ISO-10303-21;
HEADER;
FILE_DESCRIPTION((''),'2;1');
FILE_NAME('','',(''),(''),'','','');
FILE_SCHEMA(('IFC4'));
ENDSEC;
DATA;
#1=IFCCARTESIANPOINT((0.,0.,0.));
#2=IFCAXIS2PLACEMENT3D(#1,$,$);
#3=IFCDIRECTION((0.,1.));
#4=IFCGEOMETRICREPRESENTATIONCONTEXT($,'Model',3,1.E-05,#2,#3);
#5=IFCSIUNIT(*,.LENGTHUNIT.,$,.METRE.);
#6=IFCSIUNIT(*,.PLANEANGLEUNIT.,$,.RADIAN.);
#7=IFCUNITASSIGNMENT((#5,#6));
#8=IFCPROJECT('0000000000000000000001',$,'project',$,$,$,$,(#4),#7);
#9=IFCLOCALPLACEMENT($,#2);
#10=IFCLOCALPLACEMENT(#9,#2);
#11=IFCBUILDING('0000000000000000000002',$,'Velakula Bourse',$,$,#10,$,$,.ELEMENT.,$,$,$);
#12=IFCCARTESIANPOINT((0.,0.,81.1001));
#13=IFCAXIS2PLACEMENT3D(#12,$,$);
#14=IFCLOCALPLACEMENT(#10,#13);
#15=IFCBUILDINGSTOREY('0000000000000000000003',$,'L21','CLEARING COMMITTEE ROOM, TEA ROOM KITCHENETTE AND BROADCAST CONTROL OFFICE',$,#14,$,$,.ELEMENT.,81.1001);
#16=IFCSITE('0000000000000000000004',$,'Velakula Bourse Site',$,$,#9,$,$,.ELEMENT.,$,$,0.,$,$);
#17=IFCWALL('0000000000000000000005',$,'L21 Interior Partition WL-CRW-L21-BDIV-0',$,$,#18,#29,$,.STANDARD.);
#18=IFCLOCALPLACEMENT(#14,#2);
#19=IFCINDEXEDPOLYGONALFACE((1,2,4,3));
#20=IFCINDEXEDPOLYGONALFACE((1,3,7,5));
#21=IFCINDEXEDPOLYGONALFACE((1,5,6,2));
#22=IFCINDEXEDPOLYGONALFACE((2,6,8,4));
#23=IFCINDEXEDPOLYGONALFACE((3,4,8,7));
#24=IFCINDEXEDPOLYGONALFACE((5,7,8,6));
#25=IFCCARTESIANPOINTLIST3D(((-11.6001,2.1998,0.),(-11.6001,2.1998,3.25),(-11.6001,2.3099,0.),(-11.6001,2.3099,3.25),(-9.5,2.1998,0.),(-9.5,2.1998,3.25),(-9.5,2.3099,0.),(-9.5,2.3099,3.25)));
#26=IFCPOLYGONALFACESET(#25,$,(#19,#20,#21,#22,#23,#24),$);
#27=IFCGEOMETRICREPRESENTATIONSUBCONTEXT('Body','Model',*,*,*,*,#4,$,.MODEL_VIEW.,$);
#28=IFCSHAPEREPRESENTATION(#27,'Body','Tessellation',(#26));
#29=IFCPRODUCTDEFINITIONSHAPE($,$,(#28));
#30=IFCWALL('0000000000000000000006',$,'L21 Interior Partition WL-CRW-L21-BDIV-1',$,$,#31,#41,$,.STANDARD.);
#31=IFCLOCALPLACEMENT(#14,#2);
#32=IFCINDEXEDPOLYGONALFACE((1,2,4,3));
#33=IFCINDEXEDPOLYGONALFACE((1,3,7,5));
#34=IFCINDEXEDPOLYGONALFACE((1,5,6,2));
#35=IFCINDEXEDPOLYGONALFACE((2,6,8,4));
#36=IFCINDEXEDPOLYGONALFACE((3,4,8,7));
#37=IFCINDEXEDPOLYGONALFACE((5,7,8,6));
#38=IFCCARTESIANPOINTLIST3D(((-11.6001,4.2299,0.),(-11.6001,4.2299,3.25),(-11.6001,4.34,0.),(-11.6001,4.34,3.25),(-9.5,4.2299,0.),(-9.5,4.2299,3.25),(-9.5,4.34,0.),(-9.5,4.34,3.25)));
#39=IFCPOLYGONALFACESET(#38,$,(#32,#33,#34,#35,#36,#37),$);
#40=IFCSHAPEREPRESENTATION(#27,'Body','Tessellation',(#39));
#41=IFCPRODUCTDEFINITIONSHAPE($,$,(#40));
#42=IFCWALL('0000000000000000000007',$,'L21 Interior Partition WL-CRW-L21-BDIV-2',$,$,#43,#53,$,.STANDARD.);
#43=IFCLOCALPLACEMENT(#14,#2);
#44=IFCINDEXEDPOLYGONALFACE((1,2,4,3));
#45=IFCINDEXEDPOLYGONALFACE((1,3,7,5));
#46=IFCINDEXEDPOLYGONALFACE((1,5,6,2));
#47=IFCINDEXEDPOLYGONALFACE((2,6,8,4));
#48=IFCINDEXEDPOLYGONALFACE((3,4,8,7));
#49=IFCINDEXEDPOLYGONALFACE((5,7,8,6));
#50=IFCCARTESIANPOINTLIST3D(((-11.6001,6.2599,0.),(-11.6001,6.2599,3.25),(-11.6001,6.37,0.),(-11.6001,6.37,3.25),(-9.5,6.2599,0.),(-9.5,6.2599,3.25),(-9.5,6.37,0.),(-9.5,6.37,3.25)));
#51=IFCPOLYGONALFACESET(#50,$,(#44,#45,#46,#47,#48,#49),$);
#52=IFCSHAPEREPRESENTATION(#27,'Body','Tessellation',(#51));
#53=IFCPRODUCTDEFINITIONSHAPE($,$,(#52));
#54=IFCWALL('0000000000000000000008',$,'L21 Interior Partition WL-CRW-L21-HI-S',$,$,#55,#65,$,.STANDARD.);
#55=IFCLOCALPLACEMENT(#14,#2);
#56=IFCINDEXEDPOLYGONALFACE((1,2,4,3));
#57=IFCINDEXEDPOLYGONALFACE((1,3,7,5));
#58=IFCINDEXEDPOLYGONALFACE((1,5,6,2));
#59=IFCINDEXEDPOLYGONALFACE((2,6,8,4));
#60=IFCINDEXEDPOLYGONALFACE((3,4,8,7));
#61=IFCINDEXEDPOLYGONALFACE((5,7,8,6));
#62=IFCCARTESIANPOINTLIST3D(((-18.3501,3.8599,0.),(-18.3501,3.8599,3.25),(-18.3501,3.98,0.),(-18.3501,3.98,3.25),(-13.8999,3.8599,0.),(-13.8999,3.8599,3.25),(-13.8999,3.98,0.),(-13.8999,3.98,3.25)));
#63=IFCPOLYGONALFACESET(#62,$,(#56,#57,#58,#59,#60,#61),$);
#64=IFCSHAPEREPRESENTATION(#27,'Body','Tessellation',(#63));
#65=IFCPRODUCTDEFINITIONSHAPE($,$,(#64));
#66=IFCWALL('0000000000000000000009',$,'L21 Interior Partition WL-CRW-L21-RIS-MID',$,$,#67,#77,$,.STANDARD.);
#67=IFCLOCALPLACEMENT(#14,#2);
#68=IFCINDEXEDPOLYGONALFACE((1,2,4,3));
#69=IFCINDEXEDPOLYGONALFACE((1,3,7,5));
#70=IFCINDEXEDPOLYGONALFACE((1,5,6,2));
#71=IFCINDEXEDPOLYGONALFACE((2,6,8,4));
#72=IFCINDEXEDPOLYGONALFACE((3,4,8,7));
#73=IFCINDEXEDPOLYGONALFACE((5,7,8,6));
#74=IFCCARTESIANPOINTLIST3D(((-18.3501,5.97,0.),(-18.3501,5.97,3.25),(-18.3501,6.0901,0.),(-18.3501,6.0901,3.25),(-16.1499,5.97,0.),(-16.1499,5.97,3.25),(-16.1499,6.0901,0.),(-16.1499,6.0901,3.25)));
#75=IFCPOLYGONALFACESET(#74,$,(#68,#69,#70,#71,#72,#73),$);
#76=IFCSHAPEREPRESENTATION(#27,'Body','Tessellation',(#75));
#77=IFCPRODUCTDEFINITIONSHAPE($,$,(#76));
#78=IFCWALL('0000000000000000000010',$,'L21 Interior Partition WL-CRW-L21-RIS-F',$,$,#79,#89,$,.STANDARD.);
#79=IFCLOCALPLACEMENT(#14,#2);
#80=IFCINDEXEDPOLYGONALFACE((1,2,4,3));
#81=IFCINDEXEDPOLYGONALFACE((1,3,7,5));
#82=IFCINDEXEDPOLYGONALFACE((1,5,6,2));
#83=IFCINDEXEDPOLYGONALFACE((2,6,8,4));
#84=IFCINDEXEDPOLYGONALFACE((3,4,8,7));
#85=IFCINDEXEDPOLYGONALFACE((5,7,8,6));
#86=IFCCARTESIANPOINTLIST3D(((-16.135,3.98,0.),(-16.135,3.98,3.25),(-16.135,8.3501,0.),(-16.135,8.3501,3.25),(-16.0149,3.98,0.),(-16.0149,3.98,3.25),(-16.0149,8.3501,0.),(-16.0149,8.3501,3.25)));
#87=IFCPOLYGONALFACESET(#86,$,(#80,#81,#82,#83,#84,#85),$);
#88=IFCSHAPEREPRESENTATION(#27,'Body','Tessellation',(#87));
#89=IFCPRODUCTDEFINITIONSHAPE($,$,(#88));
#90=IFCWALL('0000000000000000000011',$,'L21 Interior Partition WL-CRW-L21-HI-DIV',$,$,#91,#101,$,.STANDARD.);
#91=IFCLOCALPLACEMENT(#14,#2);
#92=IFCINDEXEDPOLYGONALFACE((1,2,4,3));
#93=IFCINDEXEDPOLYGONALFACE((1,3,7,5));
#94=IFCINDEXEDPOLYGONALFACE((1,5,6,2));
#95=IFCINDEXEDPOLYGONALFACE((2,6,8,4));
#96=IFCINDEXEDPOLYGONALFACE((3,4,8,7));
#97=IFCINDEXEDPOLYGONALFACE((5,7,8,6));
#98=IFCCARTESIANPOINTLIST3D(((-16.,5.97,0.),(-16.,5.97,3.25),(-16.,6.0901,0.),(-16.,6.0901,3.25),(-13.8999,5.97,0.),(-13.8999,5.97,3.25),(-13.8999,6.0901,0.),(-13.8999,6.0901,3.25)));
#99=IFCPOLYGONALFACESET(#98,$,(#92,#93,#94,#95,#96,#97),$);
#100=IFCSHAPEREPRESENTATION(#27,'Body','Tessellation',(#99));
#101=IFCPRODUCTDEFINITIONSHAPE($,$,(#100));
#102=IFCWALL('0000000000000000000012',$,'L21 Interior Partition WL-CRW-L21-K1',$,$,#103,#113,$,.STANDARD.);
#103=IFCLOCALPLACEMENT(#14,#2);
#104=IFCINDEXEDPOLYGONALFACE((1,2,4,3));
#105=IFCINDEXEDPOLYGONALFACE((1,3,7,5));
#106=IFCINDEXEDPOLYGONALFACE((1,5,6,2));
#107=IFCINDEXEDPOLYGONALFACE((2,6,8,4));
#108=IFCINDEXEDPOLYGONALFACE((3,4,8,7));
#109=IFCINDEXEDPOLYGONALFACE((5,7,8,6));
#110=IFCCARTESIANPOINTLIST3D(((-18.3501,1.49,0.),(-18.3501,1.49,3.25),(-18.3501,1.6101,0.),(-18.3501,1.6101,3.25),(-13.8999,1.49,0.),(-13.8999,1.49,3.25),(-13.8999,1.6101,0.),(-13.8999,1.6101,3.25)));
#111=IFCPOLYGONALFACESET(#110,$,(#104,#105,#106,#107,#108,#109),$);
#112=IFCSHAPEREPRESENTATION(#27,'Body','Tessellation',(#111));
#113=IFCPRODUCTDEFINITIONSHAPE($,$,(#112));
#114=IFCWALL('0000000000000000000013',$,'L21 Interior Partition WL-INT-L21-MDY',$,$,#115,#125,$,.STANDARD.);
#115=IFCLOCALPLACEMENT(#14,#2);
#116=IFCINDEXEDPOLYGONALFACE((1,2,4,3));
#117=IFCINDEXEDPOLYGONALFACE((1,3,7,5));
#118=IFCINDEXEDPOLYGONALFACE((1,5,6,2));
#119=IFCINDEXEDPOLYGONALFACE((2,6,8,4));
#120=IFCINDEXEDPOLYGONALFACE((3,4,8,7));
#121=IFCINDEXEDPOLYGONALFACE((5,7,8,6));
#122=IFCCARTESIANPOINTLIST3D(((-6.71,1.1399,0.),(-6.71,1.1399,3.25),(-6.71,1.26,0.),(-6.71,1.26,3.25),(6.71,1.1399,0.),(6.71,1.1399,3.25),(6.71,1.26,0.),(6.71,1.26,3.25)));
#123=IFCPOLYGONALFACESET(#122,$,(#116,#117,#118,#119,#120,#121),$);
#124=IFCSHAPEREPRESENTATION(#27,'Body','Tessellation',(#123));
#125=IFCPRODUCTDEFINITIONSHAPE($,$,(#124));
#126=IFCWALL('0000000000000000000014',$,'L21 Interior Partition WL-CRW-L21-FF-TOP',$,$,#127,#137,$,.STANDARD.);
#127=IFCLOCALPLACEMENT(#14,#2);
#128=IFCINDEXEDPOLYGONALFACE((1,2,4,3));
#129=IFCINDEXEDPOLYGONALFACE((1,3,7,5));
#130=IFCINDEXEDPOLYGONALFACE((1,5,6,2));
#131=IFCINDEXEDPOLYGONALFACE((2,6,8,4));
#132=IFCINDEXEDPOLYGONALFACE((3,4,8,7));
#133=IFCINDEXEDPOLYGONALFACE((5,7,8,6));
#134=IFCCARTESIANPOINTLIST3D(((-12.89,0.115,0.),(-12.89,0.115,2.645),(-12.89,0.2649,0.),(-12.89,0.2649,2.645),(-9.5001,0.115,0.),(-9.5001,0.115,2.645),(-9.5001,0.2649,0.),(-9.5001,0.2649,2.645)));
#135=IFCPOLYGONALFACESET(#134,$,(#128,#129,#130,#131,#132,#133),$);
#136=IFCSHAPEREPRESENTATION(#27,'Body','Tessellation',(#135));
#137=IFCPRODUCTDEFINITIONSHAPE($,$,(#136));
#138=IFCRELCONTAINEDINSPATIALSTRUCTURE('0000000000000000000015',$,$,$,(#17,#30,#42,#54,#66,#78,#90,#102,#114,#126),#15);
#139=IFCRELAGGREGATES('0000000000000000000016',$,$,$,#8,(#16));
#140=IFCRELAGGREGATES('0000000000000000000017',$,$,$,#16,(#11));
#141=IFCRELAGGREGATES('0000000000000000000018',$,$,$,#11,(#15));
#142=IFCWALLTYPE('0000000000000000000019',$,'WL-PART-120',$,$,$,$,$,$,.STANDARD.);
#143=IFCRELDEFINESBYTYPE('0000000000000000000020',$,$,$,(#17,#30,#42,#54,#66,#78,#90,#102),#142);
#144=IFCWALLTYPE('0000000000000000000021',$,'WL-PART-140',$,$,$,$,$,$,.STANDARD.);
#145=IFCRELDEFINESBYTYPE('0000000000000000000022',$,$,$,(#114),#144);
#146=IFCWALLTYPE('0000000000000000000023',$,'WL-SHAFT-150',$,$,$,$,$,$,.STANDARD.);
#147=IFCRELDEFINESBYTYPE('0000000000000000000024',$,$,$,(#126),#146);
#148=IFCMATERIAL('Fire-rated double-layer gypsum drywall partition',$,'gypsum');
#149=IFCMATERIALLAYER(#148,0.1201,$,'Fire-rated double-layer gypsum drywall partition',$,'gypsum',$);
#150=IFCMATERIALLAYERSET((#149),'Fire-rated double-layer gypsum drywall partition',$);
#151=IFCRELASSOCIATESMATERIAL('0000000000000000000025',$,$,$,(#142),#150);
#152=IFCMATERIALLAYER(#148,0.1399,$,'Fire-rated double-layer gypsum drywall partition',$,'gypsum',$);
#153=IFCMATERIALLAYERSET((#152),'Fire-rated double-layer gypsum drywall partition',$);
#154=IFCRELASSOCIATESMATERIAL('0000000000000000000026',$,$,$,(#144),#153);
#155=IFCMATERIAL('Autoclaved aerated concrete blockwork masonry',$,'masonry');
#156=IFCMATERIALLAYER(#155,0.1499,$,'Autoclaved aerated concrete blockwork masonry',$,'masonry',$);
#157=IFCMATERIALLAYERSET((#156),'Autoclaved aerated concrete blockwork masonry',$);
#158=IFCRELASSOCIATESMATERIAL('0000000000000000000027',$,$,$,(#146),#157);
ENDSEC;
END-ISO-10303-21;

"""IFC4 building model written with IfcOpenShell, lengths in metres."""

from ifc_helpers import new_model, si_unit, direction, frame, frame_2d, origin, place, context, subcontext, project, spatial, rectangle, extrude, material, layer, layer_set, type_object, element, save


model = new_model("IFC4")

# Units and contexts
model_context = context("Model", 3, precision=1e-05, world=origin(), true_north=direction((0.0, 1.0)))
body_context = subcontext(model_context, "Body", "Model", "MODEL_VIEW")
ifc_project = project(units=[si_unit("LENGTHUNIT", "METRE"), si_unit("PLANEANGLEUNIT", "RADIAN")], contexts=[model_context])

# Site, building, storey
site_placement = place(None, origin())
site = spatial("IfcSite", under=ifc_project, at=site_placement, Name="Velakula Bourse Site", CompositionType="ELEMENT", RefElevation=0.0)
building_placement = place(site_placement, origin())
building = spatial("IfcBuilding", under=site, at=building_placement, Name="Velakula Bourse", CompositionType="ELEMENT")
storey_placement = place(building_placement, frame((0.0, 0.0, 81.1001)))
storey = spatial("IfcBuildingStorey", under=building, at=storey_placement, Name="L21", Description="CLEARING COMMITTEE ROOM, TEA ROOM KITCHENETTE AND BROADCAST CONTROL OFFICE", CompositionType="ELEMENT", Elevation=81.1001)

# Walls
ifc_material_1 = material(Name="Fire-rated double-layer gypsum drywall partition", Category="gypsum")
ifc_layer_1 = layer(ifc_material_1, 0.1201, Name="Fire-rated double-layer gypsum drywall partition", Category="gypsum")
ifc_layer_set_1 = layer_set([ifc_layer_1], Name="Fire-rated double-layer gypsum drywall partition")
wall_type_1 = type_object("IfcWallType", Name="WL-PART-120", PredefinedType="STANDARD", material=ifc_layer_set_1)
for number, where, z_axis, x_axis, name in (
    (1, (-11.6001, 2.2549, 0.0), (0.0, 0.0, 1.0), (1.0, 0.0, 0.0), "L21 Interior Partition WL-CRW-L21-BDIV-0"),
    (2, (-11.6001, 4.2849, 0.0), (0.0, 0.0, 1.0), (1.0, 0.0, 0.0), "L21 Interior Partition WL-CRW-L21-BDIV-1"),
    (3, (-11.6001, 6.3149, 0.0), (0.0, 0.0, 1.0), (1.0, 0.0, 0.0), "L21 Interior Partition WL-CRW-L21-BDIV-2"),
):
    element("IfcWall", number, at=place(storey_placement, frame(where, z_axis=z_axis, x_axis=x_axis)), inside=storey, type_object=wall_type_1, Name=name, PredefinedType="STANDARD", context=body_context, shape_type="SweptSolid", body=[
        extrude(rectangle(XDim=2.1001, YDim=0.1101, at=frame_2d((1.05, 0.0))), origin(), (0.0, 0.0, 1.0), 3.25),
    ])
wall_1_placement = place(storey_placement, frame((-18.3501, 3.9199, 0.0), z_axis=(0.0, 0.0, 1.0), x_axis=(1.0, 0.0, 0.0)))
element("IfcWall", 4, at=wall_1_placement, inside=storey, type_object=wall_type_1, Name="L21 Interior Partition WL-CRW-L21-HI-S", PredefinedType="STANDARD", context=body_context, shape_type="SweptSolid", body=[
    extrude(rectangle(XDim=4.4502, YDim=0.1201, at=frame_2d((2.2251, 0.0))), origin(), (0.0, 0.0, 1.0), 3.25),
])
wall_2_placement = place(storey_placement, frame((-18.3501, 6.03, 0.0), z_axis=(0.0, 0.0, 1.0), x_axis=(1.0, 0.0, 0.0)))
element("IfcWall", 5, at=wall_2_placement, inside=storey, type_object=wall_type_1, Name="L21 Interior Partition WL-CRW-L21-RIS-MID", PredefinedType="STANDARD", context=body_context, shape_type="SweptSolid", body=[
    extrude(rectangle(XDim=2.2002, YDim=0.1201, at=frame_2d((1.1001, 0.0))), origin(), (0.0, 0.0, 1.0), 3.25),
])
wall_3_placement = place(storey_placement, frame((-16.075, 3.98, 0.0), z_axis=(0.0, 0.0, 1.0), x_axis=(0.0, 1.0, 0.0)))
element("IfcWall", 6, at=wall_3_placement, inside=storey, type_object=wall_type_1, Name="L21 Interior Partition WL-CRW-L21-RIS-F", PredefinedType="STANDARD", context=body_context, shape_type="SweptSolid", body=[
    extrude(rectangle(XDim=4.3701, YDim=0.1201, at=frame_2d((2.1851, 0.0))), origin(), (0.0, 0.0, 1.0), 3.25),
])
wall_4_placement = place(storey_placement, frame((-16.0, 6.03, 0.0), z_axis=(0.0, 0.0, 1.0), x_axis=(1.0, 0.0, 0.0)))
element("IfcWall", 7, at=wall_4_placement, inside=storey, type_object=wall_type_1, Name="L21 Interior Partition WL-CRW-L21-HI-DIV", PredefinedType="STANDARD", context=body_context, shape_type="SweptSolid", body=[
    extrude(rectangle(XDim=2.1001, YDim=0.1201, at=frame_2d((1.05, 0.0))), origin(), (0.0, 0.0, 1.0), 3.25),
])
wall_5_placement = place(storey_placement, frame((-18.3501, 1.55, 0.0), z_axis=(0.0, 0.0, 1.0), x_axis=(1.0, 0.0, 0.0)))
element("IfcWall", 8, at=wall_5_placement, inside=storey, type_object=wall_type_1, Name="L21 Interior Partition WL-CRW-L21-K1", PredefinedType="STANDARD", context=body_context, shape_type="SweptSolid", body=[
    extrude(rectangle(XDim=4.4502, YDim=0.1201, at=frame_2d((2.2251, 0.0))), origin(), (0.0, 0.0, 1.0), 3.25),
])
ifc_layer_2 = layer(ifc_material_1, 0.1399, Name="Fire-rated double-layer gypsum drywall partition", Category="gypsum")
ifc_layer_set_2 = layer_set([ifc_layer_2], Name="Fire-rated double-layer gypsum drywall partition")
wall_type_2 = type_object("IfcWallType", Name="WL-PART-140", PredefinedType="STANDARD", material=ifc_layer_set_2)
wall_6_placement = place(storey_placement, frame((-6.71, 1.2, 0.0), z_axis=(0.0, 0.0, 1.0), x_axis=(1.0, 0.0, 0.0)))
element("IfcWall", 9, at=wall_6_placement, inside=storey, type_object=wall_type_2, Name="L21 Interior Partition WL-INT-L21-MDY", PredefinedType="STANDARD", context=body_context, shape_type="SweptSolid", body=[
    extrude(rectangle(XDim=13.4199, YDim=0.1201, at=frame_2d((6.71, 0.0))), origin(), (0.0, 0.0, 1.0), 3.25),
])
ifc_material_2 = material(Name="Autoclaved aerated concrete blockwork masonry", Category="masonry")
ifc_layer_3 = layer(ifc_material_2, 0.1499, Name="Autoclaved aerated concrete blockwork masonry", Category="masonry")
ifc_layer_set_3 = layer_set([ifc_layer_3], Name="Autoclaved aerated concrete blockwork masonry")
wall_type_3 = type_object("IfcWallType", Name="WL-SHAFT-150", PredefinedType="STANDARD", material=ifc_layer_set_3)
wall_7_placement = place(storey_placement, frame((-12.8899, 0.1899, 0.0), z_axis=(0.0, 0.0, 1.0), x_axis=(1.0, 0.0, 0.0)))
element("IfcWall", 10, at=wall_7_placement, inside=storey, type_object=wall_type_3, Name="L21 Interior Partition WL-CRW-L21-FF-TOP", PredefinedType="STANDARD", context=body_context, shape_type="SweptSolid", body=[
    extrude(rectangle(XDim=3.3899, YDim=0.1499, at=frame_2d((1.6948, 0.0))), origin(), (0.0, 0.0, 1.0), 2.645),
])

save(model, "model.ifc")
